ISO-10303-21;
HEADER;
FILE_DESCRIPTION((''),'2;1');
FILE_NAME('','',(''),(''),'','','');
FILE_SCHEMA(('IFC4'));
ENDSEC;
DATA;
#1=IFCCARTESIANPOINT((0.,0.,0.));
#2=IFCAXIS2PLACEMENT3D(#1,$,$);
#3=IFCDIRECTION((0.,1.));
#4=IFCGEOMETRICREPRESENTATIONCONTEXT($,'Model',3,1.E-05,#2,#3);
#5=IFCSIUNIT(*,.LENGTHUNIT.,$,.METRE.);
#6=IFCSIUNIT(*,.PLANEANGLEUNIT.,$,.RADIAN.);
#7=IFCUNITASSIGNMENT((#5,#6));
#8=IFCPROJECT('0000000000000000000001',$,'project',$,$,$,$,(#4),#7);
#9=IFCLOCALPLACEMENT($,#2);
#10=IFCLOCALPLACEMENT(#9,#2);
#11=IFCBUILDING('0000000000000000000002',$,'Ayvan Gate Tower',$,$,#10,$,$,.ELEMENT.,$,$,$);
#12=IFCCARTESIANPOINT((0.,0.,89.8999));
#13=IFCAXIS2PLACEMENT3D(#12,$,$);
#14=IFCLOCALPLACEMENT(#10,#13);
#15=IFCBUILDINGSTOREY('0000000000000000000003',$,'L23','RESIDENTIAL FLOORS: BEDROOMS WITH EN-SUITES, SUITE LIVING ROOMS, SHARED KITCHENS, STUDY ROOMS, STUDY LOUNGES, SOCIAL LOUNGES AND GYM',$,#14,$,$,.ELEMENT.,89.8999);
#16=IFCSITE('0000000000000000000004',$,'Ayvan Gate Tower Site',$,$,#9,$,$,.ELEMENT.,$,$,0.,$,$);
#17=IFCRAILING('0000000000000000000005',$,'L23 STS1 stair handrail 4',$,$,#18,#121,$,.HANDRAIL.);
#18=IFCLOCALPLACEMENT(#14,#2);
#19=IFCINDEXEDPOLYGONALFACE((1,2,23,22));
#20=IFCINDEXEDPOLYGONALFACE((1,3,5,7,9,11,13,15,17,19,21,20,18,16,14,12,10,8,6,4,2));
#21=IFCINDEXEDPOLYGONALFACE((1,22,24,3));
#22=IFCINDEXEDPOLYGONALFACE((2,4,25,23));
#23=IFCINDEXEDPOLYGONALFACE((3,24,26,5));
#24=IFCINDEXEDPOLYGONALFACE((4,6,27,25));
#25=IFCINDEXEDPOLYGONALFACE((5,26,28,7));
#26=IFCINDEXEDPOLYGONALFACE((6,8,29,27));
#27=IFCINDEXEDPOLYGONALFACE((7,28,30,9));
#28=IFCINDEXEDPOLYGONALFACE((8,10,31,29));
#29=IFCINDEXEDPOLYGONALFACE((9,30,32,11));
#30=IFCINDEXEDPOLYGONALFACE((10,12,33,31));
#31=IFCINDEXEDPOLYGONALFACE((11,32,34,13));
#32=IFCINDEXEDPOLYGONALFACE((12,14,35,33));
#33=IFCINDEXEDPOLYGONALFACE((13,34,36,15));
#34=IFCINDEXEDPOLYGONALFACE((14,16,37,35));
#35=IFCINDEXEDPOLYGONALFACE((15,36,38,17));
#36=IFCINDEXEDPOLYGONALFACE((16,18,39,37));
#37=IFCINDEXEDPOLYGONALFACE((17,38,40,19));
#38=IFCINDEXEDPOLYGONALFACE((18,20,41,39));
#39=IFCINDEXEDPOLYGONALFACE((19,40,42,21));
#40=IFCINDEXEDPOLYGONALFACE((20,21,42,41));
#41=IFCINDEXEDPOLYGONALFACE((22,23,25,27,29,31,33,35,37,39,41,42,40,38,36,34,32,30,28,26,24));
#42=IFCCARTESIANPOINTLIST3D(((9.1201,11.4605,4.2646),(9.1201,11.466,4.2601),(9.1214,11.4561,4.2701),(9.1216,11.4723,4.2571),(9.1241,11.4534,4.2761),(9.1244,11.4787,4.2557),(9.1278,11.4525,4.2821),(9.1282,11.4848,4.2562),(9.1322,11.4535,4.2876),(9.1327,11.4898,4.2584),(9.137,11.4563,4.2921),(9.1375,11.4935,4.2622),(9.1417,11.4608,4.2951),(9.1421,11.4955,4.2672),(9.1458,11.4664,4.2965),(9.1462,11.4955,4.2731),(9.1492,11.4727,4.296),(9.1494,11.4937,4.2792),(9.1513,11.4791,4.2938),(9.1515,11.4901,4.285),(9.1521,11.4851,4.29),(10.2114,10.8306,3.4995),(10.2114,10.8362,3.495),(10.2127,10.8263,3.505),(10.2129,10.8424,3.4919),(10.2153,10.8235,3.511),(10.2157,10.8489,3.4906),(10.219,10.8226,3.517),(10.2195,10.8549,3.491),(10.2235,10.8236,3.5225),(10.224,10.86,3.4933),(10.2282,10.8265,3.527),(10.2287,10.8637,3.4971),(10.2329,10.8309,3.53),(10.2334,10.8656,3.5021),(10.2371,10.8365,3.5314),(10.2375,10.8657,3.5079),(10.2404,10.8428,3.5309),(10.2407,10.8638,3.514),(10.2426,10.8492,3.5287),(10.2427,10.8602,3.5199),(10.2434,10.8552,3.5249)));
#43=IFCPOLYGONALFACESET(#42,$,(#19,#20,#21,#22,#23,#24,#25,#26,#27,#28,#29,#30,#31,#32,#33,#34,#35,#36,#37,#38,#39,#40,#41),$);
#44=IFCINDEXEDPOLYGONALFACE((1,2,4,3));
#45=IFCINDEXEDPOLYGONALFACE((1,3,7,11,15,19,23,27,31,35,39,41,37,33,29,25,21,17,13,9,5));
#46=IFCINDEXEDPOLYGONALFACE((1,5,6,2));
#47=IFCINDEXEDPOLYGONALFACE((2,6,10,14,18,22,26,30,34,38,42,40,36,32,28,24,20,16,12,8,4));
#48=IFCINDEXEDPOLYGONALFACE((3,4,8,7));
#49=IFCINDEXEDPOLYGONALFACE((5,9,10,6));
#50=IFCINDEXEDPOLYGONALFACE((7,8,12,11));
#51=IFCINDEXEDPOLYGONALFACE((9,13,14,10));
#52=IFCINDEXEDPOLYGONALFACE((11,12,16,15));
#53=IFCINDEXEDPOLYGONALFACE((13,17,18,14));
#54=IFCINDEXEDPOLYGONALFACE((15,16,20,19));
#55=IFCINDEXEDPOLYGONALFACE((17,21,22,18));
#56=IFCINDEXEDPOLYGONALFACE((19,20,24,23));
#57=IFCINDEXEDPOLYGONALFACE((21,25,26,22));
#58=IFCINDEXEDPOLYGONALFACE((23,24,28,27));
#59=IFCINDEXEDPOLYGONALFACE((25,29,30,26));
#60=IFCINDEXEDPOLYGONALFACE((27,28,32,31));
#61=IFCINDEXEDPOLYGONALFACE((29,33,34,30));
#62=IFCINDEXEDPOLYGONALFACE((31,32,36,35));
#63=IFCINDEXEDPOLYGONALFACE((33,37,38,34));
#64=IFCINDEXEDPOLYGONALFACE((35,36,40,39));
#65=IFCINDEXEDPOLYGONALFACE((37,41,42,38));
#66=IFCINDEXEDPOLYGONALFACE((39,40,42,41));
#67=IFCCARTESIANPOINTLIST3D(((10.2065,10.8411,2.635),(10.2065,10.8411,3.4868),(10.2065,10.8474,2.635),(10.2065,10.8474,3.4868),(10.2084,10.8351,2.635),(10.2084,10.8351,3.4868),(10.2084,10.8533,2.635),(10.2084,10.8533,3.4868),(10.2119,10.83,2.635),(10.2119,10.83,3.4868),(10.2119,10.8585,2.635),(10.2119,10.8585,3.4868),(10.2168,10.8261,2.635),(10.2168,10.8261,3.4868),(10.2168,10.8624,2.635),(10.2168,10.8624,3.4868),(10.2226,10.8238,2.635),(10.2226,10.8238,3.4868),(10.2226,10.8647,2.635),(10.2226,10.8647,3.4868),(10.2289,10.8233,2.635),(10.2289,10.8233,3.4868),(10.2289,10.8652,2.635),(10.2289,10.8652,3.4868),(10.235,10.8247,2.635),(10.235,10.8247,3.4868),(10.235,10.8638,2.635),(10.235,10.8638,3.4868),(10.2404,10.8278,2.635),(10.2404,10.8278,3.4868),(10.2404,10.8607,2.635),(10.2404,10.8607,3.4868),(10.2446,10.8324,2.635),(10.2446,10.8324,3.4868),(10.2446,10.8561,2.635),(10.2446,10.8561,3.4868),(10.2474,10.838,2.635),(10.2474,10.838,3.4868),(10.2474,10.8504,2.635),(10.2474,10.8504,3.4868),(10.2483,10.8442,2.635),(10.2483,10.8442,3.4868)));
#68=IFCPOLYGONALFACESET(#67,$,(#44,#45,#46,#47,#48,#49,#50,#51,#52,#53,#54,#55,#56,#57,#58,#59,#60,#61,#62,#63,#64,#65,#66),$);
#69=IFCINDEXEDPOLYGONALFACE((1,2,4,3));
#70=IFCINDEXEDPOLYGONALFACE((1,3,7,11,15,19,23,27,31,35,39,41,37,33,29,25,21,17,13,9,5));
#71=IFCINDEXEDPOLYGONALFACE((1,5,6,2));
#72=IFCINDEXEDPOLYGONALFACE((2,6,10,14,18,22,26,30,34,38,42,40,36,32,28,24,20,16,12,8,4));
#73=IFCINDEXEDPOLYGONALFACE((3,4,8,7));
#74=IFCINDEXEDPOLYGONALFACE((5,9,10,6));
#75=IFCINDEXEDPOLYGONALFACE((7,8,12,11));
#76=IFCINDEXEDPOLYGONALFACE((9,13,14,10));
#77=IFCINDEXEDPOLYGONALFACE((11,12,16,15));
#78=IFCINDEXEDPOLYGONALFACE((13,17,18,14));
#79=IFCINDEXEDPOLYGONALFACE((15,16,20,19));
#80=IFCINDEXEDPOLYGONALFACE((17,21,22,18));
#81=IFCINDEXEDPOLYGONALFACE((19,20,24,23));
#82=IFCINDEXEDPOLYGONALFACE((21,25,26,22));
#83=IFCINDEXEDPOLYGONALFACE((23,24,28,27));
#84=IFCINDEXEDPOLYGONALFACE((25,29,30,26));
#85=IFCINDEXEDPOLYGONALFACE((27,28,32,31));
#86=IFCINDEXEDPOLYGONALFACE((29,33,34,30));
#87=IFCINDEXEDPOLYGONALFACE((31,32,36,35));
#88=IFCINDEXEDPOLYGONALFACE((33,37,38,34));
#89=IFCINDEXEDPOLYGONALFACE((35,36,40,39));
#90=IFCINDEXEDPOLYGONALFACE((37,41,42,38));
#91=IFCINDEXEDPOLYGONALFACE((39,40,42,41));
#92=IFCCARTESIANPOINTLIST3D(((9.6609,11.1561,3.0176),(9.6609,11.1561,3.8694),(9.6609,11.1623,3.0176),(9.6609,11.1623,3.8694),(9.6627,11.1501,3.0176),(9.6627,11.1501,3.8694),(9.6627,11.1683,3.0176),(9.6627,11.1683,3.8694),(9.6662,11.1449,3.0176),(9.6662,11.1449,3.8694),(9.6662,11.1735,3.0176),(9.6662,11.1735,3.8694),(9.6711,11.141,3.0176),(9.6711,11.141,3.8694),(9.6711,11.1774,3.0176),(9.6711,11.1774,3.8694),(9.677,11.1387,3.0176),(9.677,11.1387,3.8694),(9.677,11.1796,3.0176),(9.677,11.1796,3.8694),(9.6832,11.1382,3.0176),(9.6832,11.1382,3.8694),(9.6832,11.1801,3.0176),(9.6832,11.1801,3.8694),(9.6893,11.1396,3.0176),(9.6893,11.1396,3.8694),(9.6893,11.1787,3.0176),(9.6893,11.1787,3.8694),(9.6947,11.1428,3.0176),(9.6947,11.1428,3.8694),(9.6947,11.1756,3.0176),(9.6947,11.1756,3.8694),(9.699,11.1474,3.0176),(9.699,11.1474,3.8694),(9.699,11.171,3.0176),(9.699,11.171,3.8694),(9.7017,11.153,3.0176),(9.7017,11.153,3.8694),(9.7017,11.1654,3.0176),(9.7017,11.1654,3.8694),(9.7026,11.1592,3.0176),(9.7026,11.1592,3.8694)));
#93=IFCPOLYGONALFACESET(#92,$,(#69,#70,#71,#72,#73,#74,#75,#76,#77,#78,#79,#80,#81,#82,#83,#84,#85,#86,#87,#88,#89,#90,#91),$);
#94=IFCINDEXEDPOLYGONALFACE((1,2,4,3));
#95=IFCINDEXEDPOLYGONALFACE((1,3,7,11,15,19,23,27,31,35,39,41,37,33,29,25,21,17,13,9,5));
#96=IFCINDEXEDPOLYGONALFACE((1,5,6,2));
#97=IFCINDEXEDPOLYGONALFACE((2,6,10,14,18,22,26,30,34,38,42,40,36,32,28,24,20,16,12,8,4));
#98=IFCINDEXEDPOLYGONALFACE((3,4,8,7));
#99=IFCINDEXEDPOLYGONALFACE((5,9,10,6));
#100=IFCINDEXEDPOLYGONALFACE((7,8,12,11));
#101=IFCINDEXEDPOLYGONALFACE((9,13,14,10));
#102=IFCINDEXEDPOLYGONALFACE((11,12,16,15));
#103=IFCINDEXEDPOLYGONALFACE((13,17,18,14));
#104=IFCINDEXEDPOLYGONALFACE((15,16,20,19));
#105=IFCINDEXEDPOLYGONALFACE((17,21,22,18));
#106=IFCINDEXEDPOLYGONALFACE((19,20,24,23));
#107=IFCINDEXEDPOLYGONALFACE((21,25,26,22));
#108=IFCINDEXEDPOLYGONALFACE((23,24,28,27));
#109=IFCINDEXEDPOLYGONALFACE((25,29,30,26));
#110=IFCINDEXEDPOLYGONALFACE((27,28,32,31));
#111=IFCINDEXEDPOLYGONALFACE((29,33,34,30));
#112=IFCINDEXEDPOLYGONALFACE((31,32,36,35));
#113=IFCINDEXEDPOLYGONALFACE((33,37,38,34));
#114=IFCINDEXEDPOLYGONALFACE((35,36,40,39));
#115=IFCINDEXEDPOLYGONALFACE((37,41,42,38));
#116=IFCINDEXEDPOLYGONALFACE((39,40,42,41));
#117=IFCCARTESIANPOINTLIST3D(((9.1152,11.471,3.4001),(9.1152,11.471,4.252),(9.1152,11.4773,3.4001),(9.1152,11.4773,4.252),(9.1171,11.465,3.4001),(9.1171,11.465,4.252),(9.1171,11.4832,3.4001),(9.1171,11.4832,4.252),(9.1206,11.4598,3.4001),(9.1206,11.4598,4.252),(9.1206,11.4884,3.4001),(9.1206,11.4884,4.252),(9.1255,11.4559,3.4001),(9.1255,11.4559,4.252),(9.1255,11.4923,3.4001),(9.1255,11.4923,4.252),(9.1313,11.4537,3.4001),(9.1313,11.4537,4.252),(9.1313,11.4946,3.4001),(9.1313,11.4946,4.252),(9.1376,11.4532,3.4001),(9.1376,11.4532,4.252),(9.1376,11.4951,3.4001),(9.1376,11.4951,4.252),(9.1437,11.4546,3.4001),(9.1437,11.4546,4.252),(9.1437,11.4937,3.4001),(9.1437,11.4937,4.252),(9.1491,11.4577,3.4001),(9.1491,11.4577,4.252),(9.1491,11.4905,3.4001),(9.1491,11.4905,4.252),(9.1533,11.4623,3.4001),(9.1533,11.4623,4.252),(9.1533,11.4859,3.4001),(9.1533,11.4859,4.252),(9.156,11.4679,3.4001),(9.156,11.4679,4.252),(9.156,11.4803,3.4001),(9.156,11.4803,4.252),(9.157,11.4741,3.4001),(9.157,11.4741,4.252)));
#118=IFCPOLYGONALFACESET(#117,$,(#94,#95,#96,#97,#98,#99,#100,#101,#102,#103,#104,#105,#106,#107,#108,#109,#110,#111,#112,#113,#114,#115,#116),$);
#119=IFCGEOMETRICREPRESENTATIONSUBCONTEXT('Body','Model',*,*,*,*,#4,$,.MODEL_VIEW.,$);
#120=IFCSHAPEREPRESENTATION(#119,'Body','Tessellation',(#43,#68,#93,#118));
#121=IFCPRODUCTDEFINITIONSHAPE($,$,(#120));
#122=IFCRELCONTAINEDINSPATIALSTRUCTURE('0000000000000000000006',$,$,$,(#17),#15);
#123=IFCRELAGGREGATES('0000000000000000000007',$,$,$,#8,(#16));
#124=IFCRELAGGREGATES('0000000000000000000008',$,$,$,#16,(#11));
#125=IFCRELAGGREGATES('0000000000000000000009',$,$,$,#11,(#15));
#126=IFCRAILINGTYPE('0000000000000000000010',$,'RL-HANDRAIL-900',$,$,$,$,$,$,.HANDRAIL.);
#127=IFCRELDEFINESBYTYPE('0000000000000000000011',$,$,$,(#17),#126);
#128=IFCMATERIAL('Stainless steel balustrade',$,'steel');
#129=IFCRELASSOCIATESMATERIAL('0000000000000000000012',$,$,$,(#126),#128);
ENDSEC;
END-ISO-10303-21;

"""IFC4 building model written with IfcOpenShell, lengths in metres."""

from ifc_helpers import new_model, si_unit, direction, frame, origin, origin_2d, place, context, subcontext, project, spatial, circle, extrude, material, type_object, element, save


model = new_model("IFC4")

# Units and contexts
model_context = context("Model", 3, precision=1e-05, world=origin(), true_north=direction((0.0, 1.0)))
body_context = subcontext(model_context, "Body", "Model", "MODEL_VIEW")
ifc_project = project(units=[si_unit("LENGTHUNIT", "METRE"), si_unit("PLANEANGLEUNIT", "RADIAN")], contexts=[model_context])

# Site, building, storey
site_placement = place(None, origin())
site = spatial("IfcSite", under=ifc_project, at=site_placement, Name="Ayvan Gate Tower Site", CompositionType="ELEMENT", RefElevation=0.0)
building_placement = place(site_placement, origin())
building = spatial("IfcBuilding", under=site, at=building_placement, Name="Ayvan Gate Tower", CompositionType="ELEMENT")
storey_placement = place(building_placement, frame((0.0, 0.0, 89.8999)))
storey = spatial("IfcBuildingStorey", under=building, at=storey_placement, Name="L23", Description="RESIDENTIAL FLOORS: BEDROOMS WITH EN-SUITES, SUITE LIVING ROOMS, SHARED KITCHENS, STUDY ROOMS, STUDY LOUNGES, SOCIAL LOUNGES AND GYM", CompositionType="ELEMENT", Elevation=89.8999)

# Railing
ifc_material_1 = material(Name="Stainless steel balustrade", Category="steel")
railing_type_1 = type_object("IfcRailingType", Name="RL-HANDRAIL-900", PredefinedType="HANDRAIL", material=ifc_material_1)
railing_1_placement = place(storey_placement, frame((10.2273, 10.8442, 2.635)))
element("IfcRailing", 1, at=railing_1_placement, inside=storey, type_object=railing_type_1, Name="L23 STS1 stair handrail 4", PredefinedType="HANDRAIL", context=body_context, shape_type="SweptSolid", body=[
    extrude(circle(Radius=0.0239, at=origin_2d()), frame((0.0, 0.0, 0.876), z_axis=(-0.740293, 0.427283, 0.519033), x_axis=(-0.49989, -0.866089, 0.0)), (0.0, 0.0, 1.0), 1.4741),
    extrude(circle(Radius=0.021, at=origin_2d()), origin(), (0.0, 0.0, 1.0), 0.8518),
    extrude(circle(Radius=0.021, at=origin_2d()), frame((-0.5457, 0.3149, 0.3826)), (0.0, 0.0, 1.0), 0.8518),
    extrude(circle(Radius=0.021, at=origin_2d()), frame((-1.0913, 0.6299, 0.7651)), (0.0, 0.0, 1.0), 0.8518),
])

save(model, "model.ifc")
